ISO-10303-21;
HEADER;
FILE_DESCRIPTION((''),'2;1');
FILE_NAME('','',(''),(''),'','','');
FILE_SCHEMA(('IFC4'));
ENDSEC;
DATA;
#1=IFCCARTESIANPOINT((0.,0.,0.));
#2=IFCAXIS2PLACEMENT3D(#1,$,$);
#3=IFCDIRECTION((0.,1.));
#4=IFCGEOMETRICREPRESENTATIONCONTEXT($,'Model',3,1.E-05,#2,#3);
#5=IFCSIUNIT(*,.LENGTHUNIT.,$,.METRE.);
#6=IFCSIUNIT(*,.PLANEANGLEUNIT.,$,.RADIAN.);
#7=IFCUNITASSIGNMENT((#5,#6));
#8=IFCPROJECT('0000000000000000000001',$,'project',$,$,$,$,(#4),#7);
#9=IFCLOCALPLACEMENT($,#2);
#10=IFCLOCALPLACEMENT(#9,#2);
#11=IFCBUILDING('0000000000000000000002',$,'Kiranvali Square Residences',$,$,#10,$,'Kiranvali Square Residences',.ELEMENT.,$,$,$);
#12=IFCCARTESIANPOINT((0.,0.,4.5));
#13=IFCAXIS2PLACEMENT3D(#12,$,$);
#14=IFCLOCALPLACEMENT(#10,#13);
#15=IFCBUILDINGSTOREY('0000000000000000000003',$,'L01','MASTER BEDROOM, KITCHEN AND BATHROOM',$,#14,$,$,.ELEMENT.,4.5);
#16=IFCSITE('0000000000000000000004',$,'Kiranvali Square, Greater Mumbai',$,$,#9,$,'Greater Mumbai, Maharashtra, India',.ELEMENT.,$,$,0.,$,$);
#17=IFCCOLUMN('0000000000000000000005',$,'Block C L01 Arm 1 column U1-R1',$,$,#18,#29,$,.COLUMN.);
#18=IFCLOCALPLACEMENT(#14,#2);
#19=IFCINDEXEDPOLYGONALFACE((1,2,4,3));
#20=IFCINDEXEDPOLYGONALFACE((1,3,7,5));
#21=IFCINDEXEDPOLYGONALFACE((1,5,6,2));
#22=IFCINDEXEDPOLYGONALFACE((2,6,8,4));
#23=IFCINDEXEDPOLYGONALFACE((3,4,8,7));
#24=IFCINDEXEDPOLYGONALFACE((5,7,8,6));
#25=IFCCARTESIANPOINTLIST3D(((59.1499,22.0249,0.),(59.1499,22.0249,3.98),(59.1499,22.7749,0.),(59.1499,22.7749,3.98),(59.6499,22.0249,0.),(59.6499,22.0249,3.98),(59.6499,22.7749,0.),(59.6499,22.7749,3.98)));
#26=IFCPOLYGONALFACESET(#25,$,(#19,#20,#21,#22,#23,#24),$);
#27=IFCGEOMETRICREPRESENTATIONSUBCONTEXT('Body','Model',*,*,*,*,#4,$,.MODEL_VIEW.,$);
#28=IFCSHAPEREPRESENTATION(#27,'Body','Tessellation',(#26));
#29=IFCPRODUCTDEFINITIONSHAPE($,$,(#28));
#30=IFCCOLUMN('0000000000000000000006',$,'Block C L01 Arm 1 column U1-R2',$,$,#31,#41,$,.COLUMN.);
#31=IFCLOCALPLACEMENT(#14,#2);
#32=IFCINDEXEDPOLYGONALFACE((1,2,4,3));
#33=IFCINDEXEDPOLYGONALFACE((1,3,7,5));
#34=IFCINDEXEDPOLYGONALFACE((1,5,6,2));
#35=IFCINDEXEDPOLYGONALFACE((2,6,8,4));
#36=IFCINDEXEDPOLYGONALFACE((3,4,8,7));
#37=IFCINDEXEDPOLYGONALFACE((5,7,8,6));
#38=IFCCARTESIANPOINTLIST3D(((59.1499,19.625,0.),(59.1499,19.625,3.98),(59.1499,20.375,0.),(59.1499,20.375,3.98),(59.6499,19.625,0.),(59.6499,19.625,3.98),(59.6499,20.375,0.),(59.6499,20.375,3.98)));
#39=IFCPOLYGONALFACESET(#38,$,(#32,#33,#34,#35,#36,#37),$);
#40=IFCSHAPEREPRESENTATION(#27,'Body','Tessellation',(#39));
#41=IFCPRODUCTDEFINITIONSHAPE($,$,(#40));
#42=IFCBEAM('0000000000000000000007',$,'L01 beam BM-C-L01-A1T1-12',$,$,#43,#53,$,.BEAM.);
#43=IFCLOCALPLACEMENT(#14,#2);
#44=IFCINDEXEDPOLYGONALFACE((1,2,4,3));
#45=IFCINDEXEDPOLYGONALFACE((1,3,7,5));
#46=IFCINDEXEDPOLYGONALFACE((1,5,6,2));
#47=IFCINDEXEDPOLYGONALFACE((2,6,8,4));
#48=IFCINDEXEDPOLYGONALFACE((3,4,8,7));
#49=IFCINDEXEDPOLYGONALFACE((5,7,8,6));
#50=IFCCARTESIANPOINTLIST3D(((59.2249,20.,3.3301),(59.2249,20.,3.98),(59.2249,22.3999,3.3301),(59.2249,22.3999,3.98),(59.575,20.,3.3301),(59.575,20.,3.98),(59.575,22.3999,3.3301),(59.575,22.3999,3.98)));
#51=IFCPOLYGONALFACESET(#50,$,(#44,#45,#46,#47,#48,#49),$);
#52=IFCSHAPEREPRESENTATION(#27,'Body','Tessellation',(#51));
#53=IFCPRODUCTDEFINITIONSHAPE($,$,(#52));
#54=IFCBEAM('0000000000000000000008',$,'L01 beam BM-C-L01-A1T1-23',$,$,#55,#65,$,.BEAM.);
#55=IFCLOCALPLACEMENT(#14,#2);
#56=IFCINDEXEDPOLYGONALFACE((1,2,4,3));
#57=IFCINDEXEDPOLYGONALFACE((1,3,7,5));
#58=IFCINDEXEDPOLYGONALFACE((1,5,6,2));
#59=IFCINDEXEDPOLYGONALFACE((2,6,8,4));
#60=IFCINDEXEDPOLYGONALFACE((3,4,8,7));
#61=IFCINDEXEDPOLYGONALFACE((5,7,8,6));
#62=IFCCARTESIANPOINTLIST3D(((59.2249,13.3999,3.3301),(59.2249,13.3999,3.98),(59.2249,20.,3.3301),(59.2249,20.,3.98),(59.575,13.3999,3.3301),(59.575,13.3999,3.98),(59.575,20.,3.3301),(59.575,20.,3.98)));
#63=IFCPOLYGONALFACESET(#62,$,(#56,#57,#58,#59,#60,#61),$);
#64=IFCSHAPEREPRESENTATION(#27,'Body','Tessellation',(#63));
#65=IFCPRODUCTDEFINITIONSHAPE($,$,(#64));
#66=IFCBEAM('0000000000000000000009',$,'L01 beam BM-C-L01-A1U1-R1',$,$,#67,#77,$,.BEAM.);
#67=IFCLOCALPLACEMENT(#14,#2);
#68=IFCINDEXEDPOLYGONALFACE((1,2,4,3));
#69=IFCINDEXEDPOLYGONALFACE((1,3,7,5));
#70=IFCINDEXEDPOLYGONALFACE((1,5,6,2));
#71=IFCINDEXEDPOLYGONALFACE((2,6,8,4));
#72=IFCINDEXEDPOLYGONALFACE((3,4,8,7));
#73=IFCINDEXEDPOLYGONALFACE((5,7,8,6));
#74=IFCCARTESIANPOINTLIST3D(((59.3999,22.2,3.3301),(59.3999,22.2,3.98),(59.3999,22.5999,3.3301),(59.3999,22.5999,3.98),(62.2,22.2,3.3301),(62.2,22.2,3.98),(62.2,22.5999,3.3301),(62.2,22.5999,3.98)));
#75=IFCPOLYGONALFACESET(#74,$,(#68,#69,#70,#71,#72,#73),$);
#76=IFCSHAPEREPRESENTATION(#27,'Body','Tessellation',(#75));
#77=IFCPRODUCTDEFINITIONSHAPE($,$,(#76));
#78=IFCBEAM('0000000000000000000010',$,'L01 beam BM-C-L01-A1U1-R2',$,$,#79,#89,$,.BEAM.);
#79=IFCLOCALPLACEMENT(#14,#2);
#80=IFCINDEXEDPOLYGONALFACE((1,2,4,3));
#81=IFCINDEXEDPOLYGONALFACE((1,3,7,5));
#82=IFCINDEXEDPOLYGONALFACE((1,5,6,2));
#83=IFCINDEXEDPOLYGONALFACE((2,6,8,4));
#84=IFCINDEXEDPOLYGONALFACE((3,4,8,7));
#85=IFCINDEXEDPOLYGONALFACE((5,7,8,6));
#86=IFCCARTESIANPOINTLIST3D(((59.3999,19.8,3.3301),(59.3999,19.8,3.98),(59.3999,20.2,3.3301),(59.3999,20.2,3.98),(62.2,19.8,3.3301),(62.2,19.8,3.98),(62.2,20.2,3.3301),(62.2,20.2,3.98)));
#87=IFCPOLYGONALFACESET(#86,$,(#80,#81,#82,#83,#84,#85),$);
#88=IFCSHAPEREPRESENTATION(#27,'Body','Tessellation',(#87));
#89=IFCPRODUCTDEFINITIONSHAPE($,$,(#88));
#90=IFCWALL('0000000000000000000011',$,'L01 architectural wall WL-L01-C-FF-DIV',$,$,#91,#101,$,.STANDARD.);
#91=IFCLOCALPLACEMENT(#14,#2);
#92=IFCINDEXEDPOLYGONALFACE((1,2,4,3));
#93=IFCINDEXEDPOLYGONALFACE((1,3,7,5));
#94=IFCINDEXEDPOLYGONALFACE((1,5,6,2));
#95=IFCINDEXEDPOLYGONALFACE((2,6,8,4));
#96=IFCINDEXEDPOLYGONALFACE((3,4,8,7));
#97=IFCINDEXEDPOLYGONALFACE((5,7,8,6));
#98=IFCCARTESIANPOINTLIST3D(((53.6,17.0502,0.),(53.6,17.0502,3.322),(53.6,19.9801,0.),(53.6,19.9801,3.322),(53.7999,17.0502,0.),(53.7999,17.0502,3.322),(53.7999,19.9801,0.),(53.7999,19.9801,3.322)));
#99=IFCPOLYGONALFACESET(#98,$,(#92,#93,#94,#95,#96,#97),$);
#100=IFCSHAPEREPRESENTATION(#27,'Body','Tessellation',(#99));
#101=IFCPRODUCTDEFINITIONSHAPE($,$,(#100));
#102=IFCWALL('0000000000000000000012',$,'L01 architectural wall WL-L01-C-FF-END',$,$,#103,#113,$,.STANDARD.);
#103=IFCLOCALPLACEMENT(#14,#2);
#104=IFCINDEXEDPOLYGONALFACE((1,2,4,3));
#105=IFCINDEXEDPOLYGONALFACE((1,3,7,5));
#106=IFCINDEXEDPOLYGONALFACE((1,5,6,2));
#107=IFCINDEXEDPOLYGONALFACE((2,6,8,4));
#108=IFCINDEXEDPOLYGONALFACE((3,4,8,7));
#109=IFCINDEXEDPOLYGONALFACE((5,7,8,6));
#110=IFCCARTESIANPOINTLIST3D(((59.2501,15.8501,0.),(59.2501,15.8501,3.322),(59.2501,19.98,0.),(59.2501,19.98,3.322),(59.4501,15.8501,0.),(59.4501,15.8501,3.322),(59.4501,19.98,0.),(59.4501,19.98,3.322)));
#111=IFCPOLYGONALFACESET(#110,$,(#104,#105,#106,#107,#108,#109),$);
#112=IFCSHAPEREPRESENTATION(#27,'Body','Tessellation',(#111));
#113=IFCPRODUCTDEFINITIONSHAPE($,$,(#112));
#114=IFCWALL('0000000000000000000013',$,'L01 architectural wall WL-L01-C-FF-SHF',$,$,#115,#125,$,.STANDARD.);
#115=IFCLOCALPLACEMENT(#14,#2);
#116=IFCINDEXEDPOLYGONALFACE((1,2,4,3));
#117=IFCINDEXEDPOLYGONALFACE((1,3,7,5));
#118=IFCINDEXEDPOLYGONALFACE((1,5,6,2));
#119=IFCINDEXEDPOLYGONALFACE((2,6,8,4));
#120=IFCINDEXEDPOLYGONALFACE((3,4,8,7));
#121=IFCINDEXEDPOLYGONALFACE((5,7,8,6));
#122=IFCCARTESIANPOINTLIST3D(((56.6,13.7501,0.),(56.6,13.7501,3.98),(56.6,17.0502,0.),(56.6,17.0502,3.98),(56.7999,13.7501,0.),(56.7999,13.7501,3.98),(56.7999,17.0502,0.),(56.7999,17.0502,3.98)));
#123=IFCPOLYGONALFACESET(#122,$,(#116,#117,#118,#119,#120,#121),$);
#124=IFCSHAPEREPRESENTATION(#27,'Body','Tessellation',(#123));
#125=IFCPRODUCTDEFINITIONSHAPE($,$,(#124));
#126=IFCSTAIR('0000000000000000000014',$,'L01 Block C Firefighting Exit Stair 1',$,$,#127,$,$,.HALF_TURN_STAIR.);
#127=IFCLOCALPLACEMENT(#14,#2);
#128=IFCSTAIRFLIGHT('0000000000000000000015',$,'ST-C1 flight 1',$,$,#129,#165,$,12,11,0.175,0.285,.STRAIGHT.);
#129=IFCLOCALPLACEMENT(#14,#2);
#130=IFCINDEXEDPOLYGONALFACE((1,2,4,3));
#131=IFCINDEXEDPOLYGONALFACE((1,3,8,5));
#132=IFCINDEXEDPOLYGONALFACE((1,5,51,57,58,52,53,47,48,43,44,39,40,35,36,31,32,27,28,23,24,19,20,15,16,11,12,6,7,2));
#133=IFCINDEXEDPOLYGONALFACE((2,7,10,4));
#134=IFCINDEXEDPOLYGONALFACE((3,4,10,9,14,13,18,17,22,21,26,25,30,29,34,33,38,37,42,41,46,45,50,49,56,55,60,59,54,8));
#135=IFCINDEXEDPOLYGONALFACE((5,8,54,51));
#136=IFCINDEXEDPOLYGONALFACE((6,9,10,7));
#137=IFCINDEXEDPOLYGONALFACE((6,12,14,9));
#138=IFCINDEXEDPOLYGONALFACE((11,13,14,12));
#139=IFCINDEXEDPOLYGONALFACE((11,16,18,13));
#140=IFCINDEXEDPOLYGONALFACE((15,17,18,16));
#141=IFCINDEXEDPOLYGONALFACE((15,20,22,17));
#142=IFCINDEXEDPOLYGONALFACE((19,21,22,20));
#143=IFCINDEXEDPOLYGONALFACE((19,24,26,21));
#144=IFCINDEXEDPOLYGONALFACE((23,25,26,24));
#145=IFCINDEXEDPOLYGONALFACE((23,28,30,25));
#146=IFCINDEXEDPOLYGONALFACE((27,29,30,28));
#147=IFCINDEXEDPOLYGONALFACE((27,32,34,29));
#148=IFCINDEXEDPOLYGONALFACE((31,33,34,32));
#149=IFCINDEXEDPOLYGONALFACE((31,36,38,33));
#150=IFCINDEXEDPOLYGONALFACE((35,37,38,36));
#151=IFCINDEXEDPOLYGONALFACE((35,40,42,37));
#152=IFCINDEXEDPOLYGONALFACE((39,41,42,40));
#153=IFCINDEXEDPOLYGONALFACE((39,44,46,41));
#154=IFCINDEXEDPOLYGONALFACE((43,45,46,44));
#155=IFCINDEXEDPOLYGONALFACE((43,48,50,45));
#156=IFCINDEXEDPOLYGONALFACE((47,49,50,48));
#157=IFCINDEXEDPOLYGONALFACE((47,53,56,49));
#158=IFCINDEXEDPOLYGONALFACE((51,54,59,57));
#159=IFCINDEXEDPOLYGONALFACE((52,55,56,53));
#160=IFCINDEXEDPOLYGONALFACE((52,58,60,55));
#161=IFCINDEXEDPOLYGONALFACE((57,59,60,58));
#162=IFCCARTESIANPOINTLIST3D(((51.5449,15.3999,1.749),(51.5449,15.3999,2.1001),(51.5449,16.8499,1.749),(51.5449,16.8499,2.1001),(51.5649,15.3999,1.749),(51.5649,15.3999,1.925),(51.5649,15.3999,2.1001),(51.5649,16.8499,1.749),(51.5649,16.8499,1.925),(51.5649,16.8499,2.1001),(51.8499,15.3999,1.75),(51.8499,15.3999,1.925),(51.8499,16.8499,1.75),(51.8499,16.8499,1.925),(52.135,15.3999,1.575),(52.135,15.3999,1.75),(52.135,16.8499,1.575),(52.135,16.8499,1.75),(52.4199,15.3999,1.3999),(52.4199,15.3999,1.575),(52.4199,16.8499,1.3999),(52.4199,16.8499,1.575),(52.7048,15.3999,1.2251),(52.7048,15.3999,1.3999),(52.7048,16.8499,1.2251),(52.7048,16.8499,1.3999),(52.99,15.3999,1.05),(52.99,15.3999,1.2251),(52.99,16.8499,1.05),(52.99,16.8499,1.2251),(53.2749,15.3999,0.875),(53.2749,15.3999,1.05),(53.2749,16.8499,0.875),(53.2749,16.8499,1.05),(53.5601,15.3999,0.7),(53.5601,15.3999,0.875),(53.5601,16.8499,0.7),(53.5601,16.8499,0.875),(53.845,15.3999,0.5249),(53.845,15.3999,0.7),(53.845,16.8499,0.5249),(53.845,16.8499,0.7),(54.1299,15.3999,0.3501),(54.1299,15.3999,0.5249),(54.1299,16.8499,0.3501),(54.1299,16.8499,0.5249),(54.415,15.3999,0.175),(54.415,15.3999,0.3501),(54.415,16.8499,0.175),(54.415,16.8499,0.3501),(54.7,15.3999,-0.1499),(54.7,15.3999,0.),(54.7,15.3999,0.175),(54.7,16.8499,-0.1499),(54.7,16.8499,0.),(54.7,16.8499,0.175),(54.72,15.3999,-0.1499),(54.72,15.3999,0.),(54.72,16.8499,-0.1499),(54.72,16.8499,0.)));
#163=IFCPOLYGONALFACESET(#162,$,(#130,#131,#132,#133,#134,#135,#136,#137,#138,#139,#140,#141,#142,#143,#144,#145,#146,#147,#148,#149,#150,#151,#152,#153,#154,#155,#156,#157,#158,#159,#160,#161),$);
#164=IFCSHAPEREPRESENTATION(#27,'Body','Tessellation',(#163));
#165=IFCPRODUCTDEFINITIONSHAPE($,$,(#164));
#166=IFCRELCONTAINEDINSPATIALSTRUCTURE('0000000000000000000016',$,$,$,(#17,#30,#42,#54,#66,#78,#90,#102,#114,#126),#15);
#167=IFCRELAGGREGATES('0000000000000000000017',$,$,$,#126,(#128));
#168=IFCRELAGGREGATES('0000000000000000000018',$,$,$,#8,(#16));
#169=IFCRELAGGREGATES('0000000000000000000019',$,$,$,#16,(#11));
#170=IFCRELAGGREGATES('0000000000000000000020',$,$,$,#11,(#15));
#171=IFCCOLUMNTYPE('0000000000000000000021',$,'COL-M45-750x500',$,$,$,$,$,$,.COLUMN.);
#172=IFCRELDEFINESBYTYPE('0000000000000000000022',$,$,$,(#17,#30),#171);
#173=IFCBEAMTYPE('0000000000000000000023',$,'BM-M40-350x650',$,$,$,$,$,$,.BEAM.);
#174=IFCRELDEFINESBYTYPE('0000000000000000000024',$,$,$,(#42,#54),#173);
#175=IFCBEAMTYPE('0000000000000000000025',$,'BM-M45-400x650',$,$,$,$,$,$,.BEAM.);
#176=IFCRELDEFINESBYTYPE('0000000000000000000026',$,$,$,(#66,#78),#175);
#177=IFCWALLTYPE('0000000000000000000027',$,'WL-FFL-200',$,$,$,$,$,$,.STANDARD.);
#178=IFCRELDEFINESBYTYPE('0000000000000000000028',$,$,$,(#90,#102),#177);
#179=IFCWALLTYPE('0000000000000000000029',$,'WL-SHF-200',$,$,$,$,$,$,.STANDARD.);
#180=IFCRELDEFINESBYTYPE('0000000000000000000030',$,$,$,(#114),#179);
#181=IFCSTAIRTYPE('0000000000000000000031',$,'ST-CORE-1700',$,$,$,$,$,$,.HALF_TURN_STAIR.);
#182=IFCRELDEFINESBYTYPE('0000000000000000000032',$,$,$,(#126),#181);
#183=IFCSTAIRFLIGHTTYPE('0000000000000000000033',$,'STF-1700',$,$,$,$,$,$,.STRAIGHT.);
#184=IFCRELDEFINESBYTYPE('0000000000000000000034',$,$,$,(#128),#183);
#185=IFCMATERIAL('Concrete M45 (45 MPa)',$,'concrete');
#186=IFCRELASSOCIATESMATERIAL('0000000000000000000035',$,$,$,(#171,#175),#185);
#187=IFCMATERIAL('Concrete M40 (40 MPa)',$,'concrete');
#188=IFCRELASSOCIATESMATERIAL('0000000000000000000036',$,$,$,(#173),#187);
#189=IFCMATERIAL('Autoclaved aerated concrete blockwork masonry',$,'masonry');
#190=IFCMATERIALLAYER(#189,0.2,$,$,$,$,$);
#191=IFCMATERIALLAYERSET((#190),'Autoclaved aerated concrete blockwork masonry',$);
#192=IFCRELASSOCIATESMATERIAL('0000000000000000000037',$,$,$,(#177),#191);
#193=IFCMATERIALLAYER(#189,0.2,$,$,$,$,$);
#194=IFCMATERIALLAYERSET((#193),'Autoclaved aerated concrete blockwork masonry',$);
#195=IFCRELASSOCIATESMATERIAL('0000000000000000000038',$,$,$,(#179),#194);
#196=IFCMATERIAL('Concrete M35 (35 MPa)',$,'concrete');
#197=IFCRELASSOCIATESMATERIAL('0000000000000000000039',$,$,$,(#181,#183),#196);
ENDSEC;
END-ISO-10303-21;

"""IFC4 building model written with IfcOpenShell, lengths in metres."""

from ifc_helpers import new_model, si_unit, direction, frame, frame_2d, origin, origin_2d, place, context, subcontext, project, spatial, polyline, rectangle, outline, extrude, material, layer, layer_set, material_profile, profile_set, type_object, element, aggregate, save


model = new_model("IFC4")

# Units and contexts
model_context = context("Model", 3, precision=1e-05, world=origin(), true_north=direction((0.0, 1.0)))
body_context = subcontext(model_context, "Body", "Model", "MODEL_VIEW")
ifc_project = project(units=[si_unit("LENGTHUNIT", "METRE"), si_unit("PLANEANGLEUNIT", "RADIAN")], contexts=[model_context])

# Site, building, storey
site_placement = place(None, origin())
site = spatial("IfcSite", under=ifc_project, at=site_placement, Name="Kiranvali Square, Greater Mumbai", LongName="Greater Mumbai, Maharashtra, India", CompositionType="ELEMENT", RefElevation=0.0)
building_placement = place(site_placement, origin())
building = spatial("IfcBuilding", under=site, at=building_placement, Name="Kiranvali Square Residences", LongName="Kiranvali Square Residences", CompositionType="ELEMENT")
storey_placement = place(building_placement, frame((0.0, 0.0, 4.5)))
storey = spatial("IfcBuildingStorey", under=building, at=storey_placement, Name="L01", Description="MASTER BEDROOM, KITCHEN AND BATHROOM", CompositionType="ELEMENT", Elevation=4.5)

# Columns
ifc_material_1 = material(Name="Concrete M45 (45 MPa)", Category="concrete")
ifc_material_profile_1 = material_profile(ifc_material_1, rectangle(XDim=0.5, YDim=0.75, at=origin_2d()), Name="RC 750x500")
ifc_profile_set_1 = profile_set([ifc_material_profile_1], Name="Concrete M45 (45 MPa)")
column_type = type_object("IfcColumnType", Name="COL-M45-750x500", PredefinedType="COLUMN", material=ifc_profile_set_1)
for number, where, z_axis, x_axis, name in (
    (1, (59.3999, 22.3999, 0.0), (0.0, 0.0, 1.0), (1.0, 0.0, 0.0), "Block C L01 Arm 1 column U1-R1"),
    (2, (59.3999, 20.0, 0.0), (0.0, 0.0, 1.0), (1.0, 0.0, 0.0), "Block C L01 Arm 1 column U1-R2"),
):
    element("IfcColumn", number, at=place(storey_placement, frame(where, z_axis=z_axis, x_axis=x_axis)), inside=storey, type_object=column_type, Name=name, PredefinedType="COLUMN", context=body_context, shape_type="SweptSolid", body=[
        extrude(rectangle(XDim=0.5, YDim=0.75, at=origin_2d()), origin(), (0.0, 0.0, 1.0), 3.98),
    ])

# Beams
ifc_material_2 = material(Name="Concrete M40 (40 MPa)", Category="concrete")
ifc_material_profile_2 = material_profile(ifc_material_2, rectangle(XDim=0.3501, YDim=0.6499, at=origin_2d()), Name="RC 350x650")
ifc_profile_set_2 = profile_set([ifc_material_profile_2], Name="Concrete M40 (40 MPa)")
beam_type_1 = type_object("IfcBeamType", Name="BM-M40-350x650", PredefinedType="BEAM", material=ifc_profile_set_2)
beam_1_placement = place(storey_placement, frame((59.3999, 22.3999, 3.655), z_axis=(0.0, -1.0, 0.0), x_axis=(1.0, 0.0, 0.0)))
element("IfcBeam", 3, at=beam_1_placement, inside=storey, type_object=beam_type_1, Name="L01 beam BM-C-L01-A1T1-12", PredefinedType="BEAM", context=body_context, shape_type="SweptSolid", body=[
    extrude(rectangle(XDim=0.3501, YDim=0.6499, at=origin_2d()), origin(), (0.0, 0.0, 1.0), 2.3999),
])
beam_2_placement = place(storey_placement, frame((59.3999, 20.0, 3.655), z_axis=(0.0, -1.0, 0.0), x_axis=(1.0, 0.0, 0.0)))
element("IfcBeam", 4, at=beam_2_placement, inside=storey, type_object=beam_type_1, Name="L01 beam BM-C-L01-A1T1-23", PredefinedType="BEAM", context=body_context, shape_type="SweptSolid", body=[
    extrude(rectangle(XDim=0.3501, YDim=0.6499, at=origin_2d()), origin(), (0.0, 0.0, 1.0), 6.6001),
])
ifc_material_profile_3 = material_profile(ifc_material_1, rectangle(XDim=0.3999, YDim=0.6499, at=origin_2d()), Name="RC 400x650")
ifc_profile_set_3 = profile_set([ifc_material_profile_3], Name="Concrete M45 (45 MPa)")
beam_type_2 = type_object("IfcBeamType", Name="BM-M45-400x650", PredefinedType="BEAM", material=ifc_profile_set_3)
for number, where, z_axis, x_axis, name in (
    (5, (59.3999, 22.3999, 3.655), (1.0, 0.0, 0.0), (0.0, 1.0, 0.0), "L01 beam BM-C-L01-A1U1-R1"),
    (6, (59.3999, 20.0, 3.655), (1.0, 0.0, 0.0), (0.0, 1.0, 0.0), "L01 beam BM-C-L01-A1U1-R2"),
):
    element("IfcBeam", number, at=place(storey_placement, frame(where, z_axis=z_axis, x_axis=x_axis)), inside=storey, type_object=beam_type_2, Name=name, PredefinedType="BEAM", context=body_context, shape_type="SweptSolid", body=[
        extrude(rectangle(XDim=0.3999, YDim=0.6499, at=origin_2d()), origin(), (0.0, 0.0, 1.0), 2.8),
    ])

# Shared definitions
ifc_material_3 = material(Name="Autoclaved aerated concrete blockwork masonry", Category="masonry")
ifc_layer_1 = layer(ifc_material_3, 0.2)
ifc_layer_set_1 = layer_set([ifc_layer_1], Name="Autoclaved aerated concrete blockwork masonry")
wall_type_1 = type_object("IfcWallType", Name="WL-FFL-200", PredefinedType="STANDARD", material=ifc_layer_set_1)

# Walls
wall_1_placement = place(storey_placement, frame((53.7, 19.98, 0.0), z_axis=(0.0, 0.0, 1.0), x_axis=(0.0, -1.0, 0.0)))
element("IfcWall", 7, at=wall_1_placement, inside=storey, type_object=wall_type_1, Name="L01 architectural wall WL-L01-C-FF-DIV", PredefinedType="STANDARD", context=body_context, shape_type="SweptSolid", body=[
    extrude(rectangle(XDim=2.9299, YDim=0.2, at=frame_2d((1.4648, 0.0))), origin(), (0.0, 0.0, 1.0), 3.322),
])
wall_2_placement = place(storey_placement, frame((59.3501, 19.98, 0.0), z_axis=(0.0, 0.0, 1.0), x_axis=(0.0, -1.0, 0.0)))
element("IfcWall", 8, at=wall_2_placement, inside=storey, type_object=wall_type_1, Name="L01 architectural wall WL-L01-C-FF-END", PredefinedType="STANDARD", context=body_context, shape_type="SweptSolid", body=[
    extrude(rectangle(XDim=4.1299, YDim=0.2, at=frame_2d((2.0649, 0.0))), origin(), (0.0, 0.0, 1.0), 3.322),
])
ifc_layer_2 = layer(ifc_material_3, 0.2)
ifc_layer_set_2 = layer_set([ifc_layer_2], Name="Autoclaved aerated concrete blockwork masonry")
wall_type_2 = type_object("IfcWallType", Name="WL-SHF-200", PredefinedType="STANDARD", material=ifc_layer_set_2)
wall_3_placement = place(storey_placement, frame((56.7, 17.05, 0.0), z_axis=(0.0, 0.0, 1.0), x_axis=(0.0, -1.0, 0.0)))
element("IfcWall", 9, at=wall_3_placement, inside=storey, type_object=wall_type_2, Name="L01 architectural wall WL-L01-C-FF-SHF", PredefinedType="STANDARD", context=body_context, shape_type="SweptSolid", body=[
    extrude(rectangle(XDim=3.3, YDim=0.2, at=frame_2d((1.6499, 0.0))), origin(), (0.0, 0.0, 1.0), 3.98),
])

# Stair, stair flight
ifc_material_4 = material(Name="Concrete M35 (35 MPa)", Category="concrete")
stair_type = type_object("IfcStairType", Name="ST-CORE-1700", PredefinedType="HALF_TURN_STAIR", material=ifc_material_4)
stair_placement = place(storey_placement, origin())
stair = element("IfcStair", 10, at=stair_placement, inside=storey, type_object=stair_type, Name="L01 Block C Firefighting Exit Stair 1", PredefinedType="HALF_TURN_STAIR")
stair_flight_type = type_object("IfcStairFlightType", Name="STF-1700", PredefinedType="STRAIGHT", material=ifc_material_4)
stair_flight_placement = place(storey_placement, frame((54.7, 16.125, 0.0), z_axis=(0.0, 0.0, 1.0), x_axis=(-1.0, 0.0, 0.0)))
stair_flight = element("IfcStairFlight", 11, at=stair_flight_placement, type_object=stair_flight_type, Name="ST-C1 flight 1", NumberOfRisers=12, NumberOfTreads=11, PredefinedType="STRAIGHT", RiserHeight=0.175, TreadLength=0.285, context=body_context, shape_type="SweptSolid", body=[
    extrude(outline(polyline([(-0.02, -0.1499), (-0.02, 0.0), (0.0, 0.0), (0.0, 0.175), (0.2849, 0.175), (0.2849, 0.3501), (0.5701, 0.3501), (0.5701, 0.5249), (0.855, 0.5249), (0.855, 0.7), (1.1399, 0.7), (1.1399, 0.875), (1.425, 0.875), (1.425, 1.05), (1.71, 1.05), (1.71, 1.2251), (1.9951, 1.2251), (1.9951, 1.3999), (2.28, 1.3999), (2.28, 1.575), (2.5649, 1.575), (2.5649, 1.75), (2.8501, 1.75), (2.8501, 1.925), (3.135, 1.925), (3.135, 2.1001), (3.155, 2.1001), (3.155, 1.749), (3.135, 1.749), (0.0, -0.1499), (-0.02, -0.1499)])), frame((0.0, 0.7251, 0.0), z_axis=(0.0, -1.0, 0.0), x_axis=(1.0, 0.0, 0.0)), (0.0, 0.0, 1.0), 1.45),
])
aggregate(stair, [stair_flight])

save(model, "model.ifc")
